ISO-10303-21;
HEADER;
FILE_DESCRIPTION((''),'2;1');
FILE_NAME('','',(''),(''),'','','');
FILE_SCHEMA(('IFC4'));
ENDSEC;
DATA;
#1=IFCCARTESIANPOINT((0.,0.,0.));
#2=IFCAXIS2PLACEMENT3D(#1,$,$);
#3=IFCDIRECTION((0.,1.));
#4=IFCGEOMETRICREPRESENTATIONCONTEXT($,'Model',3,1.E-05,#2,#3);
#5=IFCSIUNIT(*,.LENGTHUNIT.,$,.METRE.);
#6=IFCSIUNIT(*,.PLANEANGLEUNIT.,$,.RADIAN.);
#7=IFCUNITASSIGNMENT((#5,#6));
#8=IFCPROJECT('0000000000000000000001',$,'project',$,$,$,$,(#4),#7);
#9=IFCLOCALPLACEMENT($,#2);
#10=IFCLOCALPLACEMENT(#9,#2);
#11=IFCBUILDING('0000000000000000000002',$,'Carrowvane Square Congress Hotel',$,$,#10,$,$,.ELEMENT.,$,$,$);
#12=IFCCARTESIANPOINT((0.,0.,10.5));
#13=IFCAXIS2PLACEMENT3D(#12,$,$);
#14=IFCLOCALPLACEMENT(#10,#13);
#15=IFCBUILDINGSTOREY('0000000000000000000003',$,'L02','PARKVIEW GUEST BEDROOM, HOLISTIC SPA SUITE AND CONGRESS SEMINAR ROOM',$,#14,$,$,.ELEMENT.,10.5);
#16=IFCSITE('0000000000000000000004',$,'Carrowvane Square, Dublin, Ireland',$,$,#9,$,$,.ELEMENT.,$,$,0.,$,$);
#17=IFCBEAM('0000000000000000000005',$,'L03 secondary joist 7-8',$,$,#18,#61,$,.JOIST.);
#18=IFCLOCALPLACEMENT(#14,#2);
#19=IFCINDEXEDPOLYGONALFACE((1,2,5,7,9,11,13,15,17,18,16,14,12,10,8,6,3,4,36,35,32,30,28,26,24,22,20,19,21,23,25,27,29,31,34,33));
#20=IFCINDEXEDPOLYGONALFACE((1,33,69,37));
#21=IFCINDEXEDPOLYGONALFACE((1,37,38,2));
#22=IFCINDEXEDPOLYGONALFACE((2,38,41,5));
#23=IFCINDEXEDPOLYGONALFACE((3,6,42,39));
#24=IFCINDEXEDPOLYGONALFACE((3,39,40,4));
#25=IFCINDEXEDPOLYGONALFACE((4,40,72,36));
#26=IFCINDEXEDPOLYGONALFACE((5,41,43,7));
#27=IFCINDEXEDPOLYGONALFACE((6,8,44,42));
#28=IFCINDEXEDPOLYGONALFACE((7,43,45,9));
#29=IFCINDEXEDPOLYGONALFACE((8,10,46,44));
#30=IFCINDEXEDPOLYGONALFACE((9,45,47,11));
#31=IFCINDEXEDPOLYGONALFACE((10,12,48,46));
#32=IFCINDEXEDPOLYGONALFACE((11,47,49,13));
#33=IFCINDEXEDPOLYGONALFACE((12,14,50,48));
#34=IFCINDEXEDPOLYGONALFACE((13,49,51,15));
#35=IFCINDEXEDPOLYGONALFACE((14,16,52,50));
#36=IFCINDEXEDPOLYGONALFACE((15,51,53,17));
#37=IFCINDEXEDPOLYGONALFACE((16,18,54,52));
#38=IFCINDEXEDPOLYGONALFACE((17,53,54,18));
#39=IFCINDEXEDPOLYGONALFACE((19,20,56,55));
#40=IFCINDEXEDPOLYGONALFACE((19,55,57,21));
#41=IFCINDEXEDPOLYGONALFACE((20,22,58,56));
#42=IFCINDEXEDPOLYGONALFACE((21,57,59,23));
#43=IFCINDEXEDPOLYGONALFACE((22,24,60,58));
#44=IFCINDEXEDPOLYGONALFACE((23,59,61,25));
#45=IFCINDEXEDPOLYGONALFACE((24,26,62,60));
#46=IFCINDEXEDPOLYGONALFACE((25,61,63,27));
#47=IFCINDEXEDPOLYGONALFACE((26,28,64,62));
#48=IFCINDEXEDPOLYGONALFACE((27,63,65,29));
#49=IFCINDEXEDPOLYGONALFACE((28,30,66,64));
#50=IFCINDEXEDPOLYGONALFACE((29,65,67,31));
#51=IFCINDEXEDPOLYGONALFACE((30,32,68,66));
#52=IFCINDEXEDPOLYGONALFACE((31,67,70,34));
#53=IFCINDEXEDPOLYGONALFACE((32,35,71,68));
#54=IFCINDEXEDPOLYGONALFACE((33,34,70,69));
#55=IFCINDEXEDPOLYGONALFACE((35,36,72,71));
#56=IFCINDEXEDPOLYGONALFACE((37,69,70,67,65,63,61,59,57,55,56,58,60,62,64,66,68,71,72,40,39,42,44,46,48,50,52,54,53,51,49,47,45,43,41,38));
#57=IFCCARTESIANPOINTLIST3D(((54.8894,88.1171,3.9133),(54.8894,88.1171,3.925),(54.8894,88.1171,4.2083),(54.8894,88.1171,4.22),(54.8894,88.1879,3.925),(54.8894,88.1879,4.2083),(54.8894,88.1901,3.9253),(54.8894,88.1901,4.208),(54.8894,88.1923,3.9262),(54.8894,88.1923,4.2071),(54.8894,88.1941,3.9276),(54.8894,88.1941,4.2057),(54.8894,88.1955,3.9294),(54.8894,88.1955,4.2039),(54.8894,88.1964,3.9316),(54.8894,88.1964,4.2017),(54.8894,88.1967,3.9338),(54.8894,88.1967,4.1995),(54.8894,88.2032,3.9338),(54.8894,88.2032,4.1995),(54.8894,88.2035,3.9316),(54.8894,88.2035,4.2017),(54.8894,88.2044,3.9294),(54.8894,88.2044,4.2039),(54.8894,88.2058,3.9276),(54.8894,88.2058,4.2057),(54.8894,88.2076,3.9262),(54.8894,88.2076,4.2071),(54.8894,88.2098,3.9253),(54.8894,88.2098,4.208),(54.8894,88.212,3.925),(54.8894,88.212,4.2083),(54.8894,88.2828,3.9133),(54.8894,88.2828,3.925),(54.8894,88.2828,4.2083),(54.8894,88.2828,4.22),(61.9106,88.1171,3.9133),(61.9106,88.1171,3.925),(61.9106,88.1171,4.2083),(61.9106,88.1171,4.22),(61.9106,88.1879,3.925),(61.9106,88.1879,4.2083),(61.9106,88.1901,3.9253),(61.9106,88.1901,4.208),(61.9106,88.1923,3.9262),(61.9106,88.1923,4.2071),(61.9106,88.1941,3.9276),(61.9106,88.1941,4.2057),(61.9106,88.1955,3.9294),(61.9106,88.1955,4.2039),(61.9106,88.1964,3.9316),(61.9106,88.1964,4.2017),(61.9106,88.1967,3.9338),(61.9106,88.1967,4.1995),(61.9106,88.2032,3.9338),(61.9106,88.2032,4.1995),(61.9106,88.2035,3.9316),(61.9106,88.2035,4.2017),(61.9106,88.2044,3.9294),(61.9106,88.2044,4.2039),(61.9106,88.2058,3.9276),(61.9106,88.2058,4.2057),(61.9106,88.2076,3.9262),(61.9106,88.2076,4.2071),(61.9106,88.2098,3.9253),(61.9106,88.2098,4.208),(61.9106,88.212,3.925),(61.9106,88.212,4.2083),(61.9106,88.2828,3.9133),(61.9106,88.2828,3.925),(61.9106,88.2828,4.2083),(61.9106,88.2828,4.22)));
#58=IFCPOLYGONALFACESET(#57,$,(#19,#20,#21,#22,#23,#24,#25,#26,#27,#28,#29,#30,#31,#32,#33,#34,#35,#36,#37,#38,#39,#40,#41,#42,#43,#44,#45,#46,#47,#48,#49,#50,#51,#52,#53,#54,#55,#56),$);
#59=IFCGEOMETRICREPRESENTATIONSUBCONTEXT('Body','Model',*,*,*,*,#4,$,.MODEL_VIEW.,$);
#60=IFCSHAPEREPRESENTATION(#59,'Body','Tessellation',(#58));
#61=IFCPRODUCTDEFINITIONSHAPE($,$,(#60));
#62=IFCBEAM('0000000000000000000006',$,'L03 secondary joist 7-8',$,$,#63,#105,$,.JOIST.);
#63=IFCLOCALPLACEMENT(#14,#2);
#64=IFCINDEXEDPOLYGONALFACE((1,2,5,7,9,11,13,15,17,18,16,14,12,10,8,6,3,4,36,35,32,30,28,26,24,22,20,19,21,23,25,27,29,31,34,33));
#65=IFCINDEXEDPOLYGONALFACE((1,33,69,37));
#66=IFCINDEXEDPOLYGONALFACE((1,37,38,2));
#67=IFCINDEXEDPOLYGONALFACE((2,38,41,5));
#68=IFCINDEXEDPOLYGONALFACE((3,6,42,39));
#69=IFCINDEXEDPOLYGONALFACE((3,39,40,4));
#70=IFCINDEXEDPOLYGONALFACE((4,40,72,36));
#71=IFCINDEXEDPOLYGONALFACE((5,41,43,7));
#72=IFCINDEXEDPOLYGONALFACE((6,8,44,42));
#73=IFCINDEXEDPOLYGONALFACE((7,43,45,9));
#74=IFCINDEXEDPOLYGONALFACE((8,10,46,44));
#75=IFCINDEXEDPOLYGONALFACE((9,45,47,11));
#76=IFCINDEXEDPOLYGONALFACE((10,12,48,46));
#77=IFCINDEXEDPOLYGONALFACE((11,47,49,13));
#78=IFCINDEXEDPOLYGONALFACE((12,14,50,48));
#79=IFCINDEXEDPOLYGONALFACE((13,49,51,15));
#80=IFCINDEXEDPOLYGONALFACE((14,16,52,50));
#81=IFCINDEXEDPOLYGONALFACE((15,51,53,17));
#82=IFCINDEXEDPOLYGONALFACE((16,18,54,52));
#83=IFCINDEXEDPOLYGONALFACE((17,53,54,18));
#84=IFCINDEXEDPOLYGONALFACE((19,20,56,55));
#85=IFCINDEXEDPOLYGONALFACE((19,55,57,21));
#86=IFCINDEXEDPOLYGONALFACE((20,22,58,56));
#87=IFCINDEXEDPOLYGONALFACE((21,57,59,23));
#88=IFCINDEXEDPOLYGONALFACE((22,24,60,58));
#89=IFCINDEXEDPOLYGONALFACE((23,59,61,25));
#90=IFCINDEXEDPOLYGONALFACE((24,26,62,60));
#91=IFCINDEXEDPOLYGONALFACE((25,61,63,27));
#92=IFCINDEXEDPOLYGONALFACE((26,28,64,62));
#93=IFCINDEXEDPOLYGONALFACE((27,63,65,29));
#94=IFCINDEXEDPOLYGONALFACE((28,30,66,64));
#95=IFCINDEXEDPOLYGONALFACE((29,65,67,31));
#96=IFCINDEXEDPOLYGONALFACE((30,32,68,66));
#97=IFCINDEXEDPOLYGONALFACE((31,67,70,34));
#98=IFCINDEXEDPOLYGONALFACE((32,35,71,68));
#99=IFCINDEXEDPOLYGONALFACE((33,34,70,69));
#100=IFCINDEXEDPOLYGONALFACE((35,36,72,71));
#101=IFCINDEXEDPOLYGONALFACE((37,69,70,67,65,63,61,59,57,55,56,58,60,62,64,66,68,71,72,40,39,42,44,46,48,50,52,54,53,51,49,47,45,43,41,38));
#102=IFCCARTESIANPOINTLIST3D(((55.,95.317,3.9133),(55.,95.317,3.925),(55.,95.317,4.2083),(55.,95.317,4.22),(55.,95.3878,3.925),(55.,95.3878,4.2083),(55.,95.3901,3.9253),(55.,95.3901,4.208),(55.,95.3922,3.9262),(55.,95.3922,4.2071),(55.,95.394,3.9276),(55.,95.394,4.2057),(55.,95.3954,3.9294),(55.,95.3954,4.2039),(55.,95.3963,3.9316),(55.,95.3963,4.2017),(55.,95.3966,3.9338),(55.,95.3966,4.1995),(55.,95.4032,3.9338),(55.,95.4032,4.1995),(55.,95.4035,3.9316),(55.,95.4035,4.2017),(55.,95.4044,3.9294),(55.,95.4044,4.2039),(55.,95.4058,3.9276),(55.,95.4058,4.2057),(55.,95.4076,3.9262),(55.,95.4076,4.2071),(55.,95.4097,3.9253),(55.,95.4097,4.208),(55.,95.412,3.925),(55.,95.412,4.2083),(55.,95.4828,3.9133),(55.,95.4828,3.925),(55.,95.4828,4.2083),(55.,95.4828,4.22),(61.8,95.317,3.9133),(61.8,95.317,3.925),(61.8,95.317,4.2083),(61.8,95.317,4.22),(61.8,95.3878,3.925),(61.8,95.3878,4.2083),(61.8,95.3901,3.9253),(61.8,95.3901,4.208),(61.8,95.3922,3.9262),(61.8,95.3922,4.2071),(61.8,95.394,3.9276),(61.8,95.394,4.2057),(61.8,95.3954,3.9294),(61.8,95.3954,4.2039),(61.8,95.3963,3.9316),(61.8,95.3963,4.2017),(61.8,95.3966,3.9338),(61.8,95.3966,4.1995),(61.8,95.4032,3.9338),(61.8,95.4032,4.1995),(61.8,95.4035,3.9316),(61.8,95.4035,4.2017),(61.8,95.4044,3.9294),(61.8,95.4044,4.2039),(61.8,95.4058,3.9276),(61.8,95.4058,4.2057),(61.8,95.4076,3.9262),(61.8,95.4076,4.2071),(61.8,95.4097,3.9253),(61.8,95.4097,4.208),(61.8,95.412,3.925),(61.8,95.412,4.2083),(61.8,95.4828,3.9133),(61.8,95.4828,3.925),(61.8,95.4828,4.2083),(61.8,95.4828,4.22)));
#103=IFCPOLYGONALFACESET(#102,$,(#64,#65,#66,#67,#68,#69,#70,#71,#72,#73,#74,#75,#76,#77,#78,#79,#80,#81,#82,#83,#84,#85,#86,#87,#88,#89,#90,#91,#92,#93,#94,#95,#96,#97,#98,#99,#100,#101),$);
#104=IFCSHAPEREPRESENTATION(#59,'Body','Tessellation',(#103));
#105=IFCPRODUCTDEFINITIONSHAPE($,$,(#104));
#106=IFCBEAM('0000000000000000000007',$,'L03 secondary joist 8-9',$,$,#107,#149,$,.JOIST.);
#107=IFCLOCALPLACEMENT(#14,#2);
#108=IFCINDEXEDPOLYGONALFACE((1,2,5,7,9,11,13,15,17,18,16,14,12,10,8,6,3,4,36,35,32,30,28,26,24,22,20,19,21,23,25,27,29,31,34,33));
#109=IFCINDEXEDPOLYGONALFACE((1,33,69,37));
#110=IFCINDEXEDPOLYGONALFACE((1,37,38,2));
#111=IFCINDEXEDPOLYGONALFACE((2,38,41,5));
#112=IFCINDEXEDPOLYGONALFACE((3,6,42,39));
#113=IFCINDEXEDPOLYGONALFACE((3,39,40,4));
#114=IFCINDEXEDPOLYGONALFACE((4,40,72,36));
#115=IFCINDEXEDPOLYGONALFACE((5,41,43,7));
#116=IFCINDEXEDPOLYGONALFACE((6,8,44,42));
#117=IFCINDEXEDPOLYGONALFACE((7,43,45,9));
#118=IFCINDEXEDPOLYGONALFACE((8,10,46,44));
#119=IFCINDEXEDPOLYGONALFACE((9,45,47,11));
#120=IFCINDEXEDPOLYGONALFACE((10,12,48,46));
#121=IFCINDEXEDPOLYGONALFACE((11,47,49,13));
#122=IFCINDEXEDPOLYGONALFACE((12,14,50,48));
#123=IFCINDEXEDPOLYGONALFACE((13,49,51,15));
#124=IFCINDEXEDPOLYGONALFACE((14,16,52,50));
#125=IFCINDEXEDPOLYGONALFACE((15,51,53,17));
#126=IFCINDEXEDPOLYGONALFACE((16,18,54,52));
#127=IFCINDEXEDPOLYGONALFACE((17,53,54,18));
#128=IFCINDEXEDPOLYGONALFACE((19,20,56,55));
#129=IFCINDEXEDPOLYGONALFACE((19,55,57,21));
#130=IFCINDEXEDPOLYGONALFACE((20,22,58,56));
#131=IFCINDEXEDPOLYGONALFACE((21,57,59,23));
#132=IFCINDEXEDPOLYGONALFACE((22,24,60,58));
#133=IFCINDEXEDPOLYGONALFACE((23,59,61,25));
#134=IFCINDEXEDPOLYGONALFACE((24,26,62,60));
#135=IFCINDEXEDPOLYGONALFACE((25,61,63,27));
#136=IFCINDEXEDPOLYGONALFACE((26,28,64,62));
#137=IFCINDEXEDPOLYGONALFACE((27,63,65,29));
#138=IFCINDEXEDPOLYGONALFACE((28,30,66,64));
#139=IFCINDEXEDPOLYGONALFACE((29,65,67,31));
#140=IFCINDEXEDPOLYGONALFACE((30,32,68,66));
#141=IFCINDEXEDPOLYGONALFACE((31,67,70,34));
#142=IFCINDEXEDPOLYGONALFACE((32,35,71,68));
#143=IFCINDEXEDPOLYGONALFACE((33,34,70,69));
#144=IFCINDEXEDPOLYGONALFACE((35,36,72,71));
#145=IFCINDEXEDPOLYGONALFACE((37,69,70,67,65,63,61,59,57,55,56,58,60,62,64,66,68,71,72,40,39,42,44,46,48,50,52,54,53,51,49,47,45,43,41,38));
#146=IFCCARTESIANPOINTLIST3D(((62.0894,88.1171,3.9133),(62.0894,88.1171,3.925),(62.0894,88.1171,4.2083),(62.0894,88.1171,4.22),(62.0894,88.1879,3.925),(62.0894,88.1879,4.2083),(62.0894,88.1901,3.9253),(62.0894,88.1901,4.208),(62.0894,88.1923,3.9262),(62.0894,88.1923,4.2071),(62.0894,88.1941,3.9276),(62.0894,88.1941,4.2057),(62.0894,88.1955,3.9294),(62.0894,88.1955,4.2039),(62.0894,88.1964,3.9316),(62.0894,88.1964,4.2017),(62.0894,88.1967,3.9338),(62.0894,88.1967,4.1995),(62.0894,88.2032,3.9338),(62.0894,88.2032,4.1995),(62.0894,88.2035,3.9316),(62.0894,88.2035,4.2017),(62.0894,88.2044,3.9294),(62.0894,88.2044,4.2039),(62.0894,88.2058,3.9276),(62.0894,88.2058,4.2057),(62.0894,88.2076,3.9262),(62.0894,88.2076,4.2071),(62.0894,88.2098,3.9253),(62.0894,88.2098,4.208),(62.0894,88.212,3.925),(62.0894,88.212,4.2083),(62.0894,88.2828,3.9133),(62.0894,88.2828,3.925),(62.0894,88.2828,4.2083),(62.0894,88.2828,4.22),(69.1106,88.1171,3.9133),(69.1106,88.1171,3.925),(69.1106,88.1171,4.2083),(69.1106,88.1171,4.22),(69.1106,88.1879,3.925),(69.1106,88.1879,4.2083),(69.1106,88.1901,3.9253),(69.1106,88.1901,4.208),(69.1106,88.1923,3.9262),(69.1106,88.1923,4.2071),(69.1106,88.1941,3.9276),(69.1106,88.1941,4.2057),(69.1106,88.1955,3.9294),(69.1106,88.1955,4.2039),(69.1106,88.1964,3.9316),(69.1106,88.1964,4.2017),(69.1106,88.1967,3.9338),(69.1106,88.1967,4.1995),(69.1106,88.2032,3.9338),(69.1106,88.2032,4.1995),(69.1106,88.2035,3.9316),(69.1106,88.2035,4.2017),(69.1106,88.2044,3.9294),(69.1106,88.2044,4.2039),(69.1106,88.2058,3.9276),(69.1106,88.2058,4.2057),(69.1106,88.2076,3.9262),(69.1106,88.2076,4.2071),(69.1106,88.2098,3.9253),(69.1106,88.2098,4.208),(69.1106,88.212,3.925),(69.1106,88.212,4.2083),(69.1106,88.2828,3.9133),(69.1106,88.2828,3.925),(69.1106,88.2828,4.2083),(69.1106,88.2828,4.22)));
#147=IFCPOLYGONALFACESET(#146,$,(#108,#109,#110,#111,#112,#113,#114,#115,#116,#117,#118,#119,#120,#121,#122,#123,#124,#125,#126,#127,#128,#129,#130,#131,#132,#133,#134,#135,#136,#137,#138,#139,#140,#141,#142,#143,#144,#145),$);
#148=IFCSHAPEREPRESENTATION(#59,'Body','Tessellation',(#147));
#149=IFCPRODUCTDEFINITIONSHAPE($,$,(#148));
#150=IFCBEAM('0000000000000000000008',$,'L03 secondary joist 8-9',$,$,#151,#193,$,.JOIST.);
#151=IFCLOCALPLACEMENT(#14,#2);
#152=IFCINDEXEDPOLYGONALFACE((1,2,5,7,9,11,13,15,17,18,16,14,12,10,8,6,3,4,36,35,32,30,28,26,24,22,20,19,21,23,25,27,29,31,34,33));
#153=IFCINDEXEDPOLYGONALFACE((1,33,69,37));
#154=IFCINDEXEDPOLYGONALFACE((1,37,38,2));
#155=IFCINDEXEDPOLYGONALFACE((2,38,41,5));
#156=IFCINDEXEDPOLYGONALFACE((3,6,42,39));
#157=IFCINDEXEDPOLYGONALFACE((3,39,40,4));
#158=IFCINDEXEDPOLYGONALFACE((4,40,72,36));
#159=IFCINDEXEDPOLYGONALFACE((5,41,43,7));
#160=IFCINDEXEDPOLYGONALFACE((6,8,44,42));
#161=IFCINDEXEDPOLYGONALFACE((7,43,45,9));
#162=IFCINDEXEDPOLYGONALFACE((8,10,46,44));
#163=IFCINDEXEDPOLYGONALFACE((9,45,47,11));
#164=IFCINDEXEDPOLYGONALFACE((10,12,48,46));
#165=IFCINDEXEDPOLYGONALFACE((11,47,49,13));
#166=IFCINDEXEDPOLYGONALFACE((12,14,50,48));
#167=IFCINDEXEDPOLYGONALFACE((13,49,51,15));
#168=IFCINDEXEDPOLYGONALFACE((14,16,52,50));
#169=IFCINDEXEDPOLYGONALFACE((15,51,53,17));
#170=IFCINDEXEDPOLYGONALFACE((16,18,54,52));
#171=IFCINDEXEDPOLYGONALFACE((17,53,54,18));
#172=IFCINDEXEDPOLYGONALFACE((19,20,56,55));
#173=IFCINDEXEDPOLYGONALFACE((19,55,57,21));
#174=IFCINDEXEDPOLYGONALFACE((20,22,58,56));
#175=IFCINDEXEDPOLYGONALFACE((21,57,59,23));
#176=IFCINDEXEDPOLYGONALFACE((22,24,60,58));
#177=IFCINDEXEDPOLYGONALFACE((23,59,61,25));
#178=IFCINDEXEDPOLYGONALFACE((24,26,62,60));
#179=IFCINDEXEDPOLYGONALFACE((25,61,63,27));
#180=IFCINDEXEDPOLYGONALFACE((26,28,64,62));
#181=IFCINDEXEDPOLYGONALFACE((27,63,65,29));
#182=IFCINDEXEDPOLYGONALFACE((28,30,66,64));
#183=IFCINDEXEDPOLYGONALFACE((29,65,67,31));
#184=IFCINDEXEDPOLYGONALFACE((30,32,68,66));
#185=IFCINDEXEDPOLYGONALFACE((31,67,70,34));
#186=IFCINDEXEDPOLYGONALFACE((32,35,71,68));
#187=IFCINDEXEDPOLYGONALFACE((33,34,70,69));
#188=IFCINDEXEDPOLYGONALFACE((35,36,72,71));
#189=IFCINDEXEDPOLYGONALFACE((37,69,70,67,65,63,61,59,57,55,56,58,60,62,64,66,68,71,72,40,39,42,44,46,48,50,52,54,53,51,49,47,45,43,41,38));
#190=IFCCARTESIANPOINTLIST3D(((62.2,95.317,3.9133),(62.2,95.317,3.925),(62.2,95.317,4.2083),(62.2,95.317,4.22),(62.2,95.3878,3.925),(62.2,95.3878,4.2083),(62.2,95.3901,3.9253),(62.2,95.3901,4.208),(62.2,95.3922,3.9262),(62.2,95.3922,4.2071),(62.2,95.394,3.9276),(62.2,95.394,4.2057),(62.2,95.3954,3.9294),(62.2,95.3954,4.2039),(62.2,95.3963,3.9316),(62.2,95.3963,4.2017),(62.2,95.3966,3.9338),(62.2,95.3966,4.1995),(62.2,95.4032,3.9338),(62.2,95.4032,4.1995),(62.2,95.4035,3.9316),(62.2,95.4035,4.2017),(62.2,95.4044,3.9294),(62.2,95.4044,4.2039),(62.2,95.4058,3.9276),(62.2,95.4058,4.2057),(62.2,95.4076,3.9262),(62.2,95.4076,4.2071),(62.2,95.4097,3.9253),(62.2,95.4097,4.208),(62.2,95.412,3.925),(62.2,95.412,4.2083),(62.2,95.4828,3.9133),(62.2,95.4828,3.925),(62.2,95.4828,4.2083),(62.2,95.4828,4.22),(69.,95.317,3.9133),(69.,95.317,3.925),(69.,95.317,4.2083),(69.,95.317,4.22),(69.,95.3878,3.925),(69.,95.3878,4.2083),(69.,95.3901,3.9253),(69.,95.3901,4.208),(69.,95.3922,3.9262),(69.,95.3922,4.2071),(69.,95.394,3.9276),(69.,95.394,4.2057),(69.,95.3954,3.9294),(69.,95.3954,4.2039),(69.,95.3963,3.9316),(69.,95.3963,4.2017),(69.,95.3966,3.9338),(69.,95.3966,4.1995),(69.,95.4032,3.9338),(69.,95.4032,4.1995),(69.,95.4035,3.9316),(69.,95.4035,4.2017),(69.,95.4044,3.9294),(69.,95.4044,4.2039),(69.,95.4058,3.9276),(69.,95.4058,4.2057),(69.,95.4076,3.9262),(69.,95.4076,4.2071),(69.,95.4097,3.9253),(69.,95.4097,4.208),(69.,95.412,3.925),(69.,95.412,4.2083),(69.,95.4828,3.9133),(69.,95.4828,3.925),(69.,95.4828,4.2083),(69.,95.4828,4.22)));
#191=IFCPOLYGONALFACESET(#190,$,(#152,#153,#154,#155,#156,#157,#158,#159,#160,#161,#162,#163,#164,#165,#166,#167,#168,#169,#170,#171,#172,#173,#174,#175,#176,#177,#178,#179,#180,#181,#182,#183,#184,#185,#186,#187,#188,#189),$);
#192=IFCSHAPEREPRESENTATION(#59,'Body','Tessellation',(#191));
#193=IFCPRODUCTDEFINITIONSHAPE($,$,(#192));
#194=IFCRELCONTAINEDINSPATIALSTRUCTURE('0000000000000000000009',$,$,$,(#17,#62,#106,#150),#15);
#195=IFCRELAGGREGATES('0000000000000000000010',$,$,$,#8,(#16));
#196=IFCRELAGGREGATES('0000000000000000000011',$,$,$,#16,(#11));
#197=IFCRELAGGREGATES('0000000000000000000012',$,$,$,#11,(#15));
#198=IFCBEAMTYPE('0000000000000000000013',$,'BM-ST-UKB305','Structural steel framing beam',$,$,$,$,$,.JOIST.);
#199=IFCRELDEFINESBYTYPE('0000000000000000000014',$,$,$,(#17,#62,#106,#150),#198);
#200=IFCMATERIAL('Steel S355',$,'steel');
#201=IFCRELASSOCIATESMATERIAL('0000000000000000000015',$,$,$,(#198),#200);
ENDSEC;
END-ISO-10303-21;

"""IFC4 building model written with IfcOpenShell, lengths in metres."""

from ifc_helpers import new_model, si_unit, direction, frame, origin, origin_2d, place, context, subcontext, project, spatial, i_section, extrude, material, material_profile, profile_set, type_object, element, save


model = new_model("IFC4")

# Units and contexts
model_context = context("Model", 3, precision=1e-05, world=origin(), true_north=direction((0.0, 1.0)))
body_context = subcontext(model_context, "Body", "Model", "MODEL_VIEW")
ifc_project = project(units=[si_unit("LENGTHUNIT", "METRE"), si_unit("PLANEANGLEUNIT", "RADIAN")], contexts=[model_context])

# Site, building, storey
site_placement = place(None, origin())
site = spatial("IfcSite", under=ifc_project, at=site_placement, Name="Carrowvane Square, Dublin, Ireland", CompositionType="ELEMENT", RefElevation=0.0)
building_placement = place(site_placement, origin())
building = spatial("IfcBuilding", under=site, at=building_placement, Name="Carrowvane Square Congress Hotel", CompositionType="ELEMENT")
storey_placement = place(building_placement, frame((0.0, 0.0, 10.5)))
storey = spatial("IfcBuildingStorey", under=building, at=storey_placement, Name="L02", Description="PARKVIEW GUEST BEDROOM, HOLISTIC SPA SUITE AND CONGRESS SEMINAR ROOM", CompositionType="ELEMENT", Elevation=10.5)

# Beams
ifc_material_1 = material(Name="Steel S355", Category="steel")
ifc_material_profile_1 = material_profile(ifc_material_1, i_section(OverallWidth=0.1658, OverallDepth=0.3066, WebThickness=0.0066, FlangeThickness=0.0117, FilletRadius=0.0088, at=origin_2d()), Name="UKB 305x165x46")
ifc_profile_set_1 = profile_set([ifc_material_profile_1], Name="Steel S355")
beam_type_1 = type_object("IfcBeamType", Name="BM-ST-UKB305", Description="Structural steel framing beam", PredefinedType="JOIST", material=ifc_profile_set_1)
beam_1_placement = place(storey_placement, frame((54.8894, 88.2, 4.0667), z_axis=(1.0, 0.0, 0.0), x_axis=(0.0, 1.0, 0.0)))
element("IfcBeam", 1, at=beam_1_placement, inside=storey, type_object=beam_type_1, Name="L03 secondary joist 7-8", PredefinedType="JOIST", context=body_context, shape_type="SweptSolid", body=[
    extrude(i_section(OverallWidth=0.1658, OverallDepth=0.3066, WebThickness=0.0066, FlangeThickness=0.0117, FilletRadius=0.0088, at=origin_2d()), origin(), (0.0, 0.0, 1.0), 7.0212),
])
beam_2_placement = place(storey_placement, frame((55.0, 95.3999, 4.0667), z_axis=(1.0, 0.0, 0.0), x_axis=(0.0, 1.0, 0.0)))
element("IfcBeam", 2, at=beam_2_placement, inside=storey, type_object=beam_type_1, Name="L03 secondary joist 7-8", PredefinedType="JOIST", context=body_context, shape_type="SweptSolid", body=[
    extrude(i_section(OverallWidth=0.1658, OverallDepth=0.3066, WebThickness=0.0066, FlangeThickness=0.0117, FilletRadius=0.0088, at=origin_2d()), origin(), (0.0, 0.0, 1.0), 6.8),
])
beam_3_placement = place(storey_placement, frame((62.0894, 88.2, 4.0667), z_axis=(1.0, 0.0, 0.0), x_axis=(0.0, 1.0, 0.0)))
element("IfcBeam", 3, at=beam_3_placement, inside=storey, type_object=beam_type_1, Name="L03 secondary joist 8-9", PredefinedType="JOIST", context=body_context, shape_type="SweptSolid", body=[
    extrude(i_section(OverallWidth=0.1658, OverallDepth=0.3066, WebThickness=0.0066, FlangeThickness=0.0117, FilletRadius=0.0088, at=origin_2d()), origin(), (0.0, 0.0, 1.0), 7.0212),
])
beam_4_placement = place(storey_placement, frame((62.2, 95.3999, 4.0667), z_axis=(1.0, 0.0, 0.0), x_axis=(0.0, 1.0, 0.0)))
element("IfcBeam", 4, at=beam_4_placement, inside=storey, type_object=beam_type_1, Name="L03 secondary joist 8-9", PredefinedType="JOIST", context=body_context, shape_type="SweptSolid", body=[
    extrude(i_section(OverallWidth=0.1658, OverallDepth=0.3066, WebThickness=0.0066, FlangeThickness=0.0117, FilletRadius=0.0088, at=origin_2d()), origin(), (0.0, 0.0, 1.0), 6.8),
])

save(model, "model.ifc")
